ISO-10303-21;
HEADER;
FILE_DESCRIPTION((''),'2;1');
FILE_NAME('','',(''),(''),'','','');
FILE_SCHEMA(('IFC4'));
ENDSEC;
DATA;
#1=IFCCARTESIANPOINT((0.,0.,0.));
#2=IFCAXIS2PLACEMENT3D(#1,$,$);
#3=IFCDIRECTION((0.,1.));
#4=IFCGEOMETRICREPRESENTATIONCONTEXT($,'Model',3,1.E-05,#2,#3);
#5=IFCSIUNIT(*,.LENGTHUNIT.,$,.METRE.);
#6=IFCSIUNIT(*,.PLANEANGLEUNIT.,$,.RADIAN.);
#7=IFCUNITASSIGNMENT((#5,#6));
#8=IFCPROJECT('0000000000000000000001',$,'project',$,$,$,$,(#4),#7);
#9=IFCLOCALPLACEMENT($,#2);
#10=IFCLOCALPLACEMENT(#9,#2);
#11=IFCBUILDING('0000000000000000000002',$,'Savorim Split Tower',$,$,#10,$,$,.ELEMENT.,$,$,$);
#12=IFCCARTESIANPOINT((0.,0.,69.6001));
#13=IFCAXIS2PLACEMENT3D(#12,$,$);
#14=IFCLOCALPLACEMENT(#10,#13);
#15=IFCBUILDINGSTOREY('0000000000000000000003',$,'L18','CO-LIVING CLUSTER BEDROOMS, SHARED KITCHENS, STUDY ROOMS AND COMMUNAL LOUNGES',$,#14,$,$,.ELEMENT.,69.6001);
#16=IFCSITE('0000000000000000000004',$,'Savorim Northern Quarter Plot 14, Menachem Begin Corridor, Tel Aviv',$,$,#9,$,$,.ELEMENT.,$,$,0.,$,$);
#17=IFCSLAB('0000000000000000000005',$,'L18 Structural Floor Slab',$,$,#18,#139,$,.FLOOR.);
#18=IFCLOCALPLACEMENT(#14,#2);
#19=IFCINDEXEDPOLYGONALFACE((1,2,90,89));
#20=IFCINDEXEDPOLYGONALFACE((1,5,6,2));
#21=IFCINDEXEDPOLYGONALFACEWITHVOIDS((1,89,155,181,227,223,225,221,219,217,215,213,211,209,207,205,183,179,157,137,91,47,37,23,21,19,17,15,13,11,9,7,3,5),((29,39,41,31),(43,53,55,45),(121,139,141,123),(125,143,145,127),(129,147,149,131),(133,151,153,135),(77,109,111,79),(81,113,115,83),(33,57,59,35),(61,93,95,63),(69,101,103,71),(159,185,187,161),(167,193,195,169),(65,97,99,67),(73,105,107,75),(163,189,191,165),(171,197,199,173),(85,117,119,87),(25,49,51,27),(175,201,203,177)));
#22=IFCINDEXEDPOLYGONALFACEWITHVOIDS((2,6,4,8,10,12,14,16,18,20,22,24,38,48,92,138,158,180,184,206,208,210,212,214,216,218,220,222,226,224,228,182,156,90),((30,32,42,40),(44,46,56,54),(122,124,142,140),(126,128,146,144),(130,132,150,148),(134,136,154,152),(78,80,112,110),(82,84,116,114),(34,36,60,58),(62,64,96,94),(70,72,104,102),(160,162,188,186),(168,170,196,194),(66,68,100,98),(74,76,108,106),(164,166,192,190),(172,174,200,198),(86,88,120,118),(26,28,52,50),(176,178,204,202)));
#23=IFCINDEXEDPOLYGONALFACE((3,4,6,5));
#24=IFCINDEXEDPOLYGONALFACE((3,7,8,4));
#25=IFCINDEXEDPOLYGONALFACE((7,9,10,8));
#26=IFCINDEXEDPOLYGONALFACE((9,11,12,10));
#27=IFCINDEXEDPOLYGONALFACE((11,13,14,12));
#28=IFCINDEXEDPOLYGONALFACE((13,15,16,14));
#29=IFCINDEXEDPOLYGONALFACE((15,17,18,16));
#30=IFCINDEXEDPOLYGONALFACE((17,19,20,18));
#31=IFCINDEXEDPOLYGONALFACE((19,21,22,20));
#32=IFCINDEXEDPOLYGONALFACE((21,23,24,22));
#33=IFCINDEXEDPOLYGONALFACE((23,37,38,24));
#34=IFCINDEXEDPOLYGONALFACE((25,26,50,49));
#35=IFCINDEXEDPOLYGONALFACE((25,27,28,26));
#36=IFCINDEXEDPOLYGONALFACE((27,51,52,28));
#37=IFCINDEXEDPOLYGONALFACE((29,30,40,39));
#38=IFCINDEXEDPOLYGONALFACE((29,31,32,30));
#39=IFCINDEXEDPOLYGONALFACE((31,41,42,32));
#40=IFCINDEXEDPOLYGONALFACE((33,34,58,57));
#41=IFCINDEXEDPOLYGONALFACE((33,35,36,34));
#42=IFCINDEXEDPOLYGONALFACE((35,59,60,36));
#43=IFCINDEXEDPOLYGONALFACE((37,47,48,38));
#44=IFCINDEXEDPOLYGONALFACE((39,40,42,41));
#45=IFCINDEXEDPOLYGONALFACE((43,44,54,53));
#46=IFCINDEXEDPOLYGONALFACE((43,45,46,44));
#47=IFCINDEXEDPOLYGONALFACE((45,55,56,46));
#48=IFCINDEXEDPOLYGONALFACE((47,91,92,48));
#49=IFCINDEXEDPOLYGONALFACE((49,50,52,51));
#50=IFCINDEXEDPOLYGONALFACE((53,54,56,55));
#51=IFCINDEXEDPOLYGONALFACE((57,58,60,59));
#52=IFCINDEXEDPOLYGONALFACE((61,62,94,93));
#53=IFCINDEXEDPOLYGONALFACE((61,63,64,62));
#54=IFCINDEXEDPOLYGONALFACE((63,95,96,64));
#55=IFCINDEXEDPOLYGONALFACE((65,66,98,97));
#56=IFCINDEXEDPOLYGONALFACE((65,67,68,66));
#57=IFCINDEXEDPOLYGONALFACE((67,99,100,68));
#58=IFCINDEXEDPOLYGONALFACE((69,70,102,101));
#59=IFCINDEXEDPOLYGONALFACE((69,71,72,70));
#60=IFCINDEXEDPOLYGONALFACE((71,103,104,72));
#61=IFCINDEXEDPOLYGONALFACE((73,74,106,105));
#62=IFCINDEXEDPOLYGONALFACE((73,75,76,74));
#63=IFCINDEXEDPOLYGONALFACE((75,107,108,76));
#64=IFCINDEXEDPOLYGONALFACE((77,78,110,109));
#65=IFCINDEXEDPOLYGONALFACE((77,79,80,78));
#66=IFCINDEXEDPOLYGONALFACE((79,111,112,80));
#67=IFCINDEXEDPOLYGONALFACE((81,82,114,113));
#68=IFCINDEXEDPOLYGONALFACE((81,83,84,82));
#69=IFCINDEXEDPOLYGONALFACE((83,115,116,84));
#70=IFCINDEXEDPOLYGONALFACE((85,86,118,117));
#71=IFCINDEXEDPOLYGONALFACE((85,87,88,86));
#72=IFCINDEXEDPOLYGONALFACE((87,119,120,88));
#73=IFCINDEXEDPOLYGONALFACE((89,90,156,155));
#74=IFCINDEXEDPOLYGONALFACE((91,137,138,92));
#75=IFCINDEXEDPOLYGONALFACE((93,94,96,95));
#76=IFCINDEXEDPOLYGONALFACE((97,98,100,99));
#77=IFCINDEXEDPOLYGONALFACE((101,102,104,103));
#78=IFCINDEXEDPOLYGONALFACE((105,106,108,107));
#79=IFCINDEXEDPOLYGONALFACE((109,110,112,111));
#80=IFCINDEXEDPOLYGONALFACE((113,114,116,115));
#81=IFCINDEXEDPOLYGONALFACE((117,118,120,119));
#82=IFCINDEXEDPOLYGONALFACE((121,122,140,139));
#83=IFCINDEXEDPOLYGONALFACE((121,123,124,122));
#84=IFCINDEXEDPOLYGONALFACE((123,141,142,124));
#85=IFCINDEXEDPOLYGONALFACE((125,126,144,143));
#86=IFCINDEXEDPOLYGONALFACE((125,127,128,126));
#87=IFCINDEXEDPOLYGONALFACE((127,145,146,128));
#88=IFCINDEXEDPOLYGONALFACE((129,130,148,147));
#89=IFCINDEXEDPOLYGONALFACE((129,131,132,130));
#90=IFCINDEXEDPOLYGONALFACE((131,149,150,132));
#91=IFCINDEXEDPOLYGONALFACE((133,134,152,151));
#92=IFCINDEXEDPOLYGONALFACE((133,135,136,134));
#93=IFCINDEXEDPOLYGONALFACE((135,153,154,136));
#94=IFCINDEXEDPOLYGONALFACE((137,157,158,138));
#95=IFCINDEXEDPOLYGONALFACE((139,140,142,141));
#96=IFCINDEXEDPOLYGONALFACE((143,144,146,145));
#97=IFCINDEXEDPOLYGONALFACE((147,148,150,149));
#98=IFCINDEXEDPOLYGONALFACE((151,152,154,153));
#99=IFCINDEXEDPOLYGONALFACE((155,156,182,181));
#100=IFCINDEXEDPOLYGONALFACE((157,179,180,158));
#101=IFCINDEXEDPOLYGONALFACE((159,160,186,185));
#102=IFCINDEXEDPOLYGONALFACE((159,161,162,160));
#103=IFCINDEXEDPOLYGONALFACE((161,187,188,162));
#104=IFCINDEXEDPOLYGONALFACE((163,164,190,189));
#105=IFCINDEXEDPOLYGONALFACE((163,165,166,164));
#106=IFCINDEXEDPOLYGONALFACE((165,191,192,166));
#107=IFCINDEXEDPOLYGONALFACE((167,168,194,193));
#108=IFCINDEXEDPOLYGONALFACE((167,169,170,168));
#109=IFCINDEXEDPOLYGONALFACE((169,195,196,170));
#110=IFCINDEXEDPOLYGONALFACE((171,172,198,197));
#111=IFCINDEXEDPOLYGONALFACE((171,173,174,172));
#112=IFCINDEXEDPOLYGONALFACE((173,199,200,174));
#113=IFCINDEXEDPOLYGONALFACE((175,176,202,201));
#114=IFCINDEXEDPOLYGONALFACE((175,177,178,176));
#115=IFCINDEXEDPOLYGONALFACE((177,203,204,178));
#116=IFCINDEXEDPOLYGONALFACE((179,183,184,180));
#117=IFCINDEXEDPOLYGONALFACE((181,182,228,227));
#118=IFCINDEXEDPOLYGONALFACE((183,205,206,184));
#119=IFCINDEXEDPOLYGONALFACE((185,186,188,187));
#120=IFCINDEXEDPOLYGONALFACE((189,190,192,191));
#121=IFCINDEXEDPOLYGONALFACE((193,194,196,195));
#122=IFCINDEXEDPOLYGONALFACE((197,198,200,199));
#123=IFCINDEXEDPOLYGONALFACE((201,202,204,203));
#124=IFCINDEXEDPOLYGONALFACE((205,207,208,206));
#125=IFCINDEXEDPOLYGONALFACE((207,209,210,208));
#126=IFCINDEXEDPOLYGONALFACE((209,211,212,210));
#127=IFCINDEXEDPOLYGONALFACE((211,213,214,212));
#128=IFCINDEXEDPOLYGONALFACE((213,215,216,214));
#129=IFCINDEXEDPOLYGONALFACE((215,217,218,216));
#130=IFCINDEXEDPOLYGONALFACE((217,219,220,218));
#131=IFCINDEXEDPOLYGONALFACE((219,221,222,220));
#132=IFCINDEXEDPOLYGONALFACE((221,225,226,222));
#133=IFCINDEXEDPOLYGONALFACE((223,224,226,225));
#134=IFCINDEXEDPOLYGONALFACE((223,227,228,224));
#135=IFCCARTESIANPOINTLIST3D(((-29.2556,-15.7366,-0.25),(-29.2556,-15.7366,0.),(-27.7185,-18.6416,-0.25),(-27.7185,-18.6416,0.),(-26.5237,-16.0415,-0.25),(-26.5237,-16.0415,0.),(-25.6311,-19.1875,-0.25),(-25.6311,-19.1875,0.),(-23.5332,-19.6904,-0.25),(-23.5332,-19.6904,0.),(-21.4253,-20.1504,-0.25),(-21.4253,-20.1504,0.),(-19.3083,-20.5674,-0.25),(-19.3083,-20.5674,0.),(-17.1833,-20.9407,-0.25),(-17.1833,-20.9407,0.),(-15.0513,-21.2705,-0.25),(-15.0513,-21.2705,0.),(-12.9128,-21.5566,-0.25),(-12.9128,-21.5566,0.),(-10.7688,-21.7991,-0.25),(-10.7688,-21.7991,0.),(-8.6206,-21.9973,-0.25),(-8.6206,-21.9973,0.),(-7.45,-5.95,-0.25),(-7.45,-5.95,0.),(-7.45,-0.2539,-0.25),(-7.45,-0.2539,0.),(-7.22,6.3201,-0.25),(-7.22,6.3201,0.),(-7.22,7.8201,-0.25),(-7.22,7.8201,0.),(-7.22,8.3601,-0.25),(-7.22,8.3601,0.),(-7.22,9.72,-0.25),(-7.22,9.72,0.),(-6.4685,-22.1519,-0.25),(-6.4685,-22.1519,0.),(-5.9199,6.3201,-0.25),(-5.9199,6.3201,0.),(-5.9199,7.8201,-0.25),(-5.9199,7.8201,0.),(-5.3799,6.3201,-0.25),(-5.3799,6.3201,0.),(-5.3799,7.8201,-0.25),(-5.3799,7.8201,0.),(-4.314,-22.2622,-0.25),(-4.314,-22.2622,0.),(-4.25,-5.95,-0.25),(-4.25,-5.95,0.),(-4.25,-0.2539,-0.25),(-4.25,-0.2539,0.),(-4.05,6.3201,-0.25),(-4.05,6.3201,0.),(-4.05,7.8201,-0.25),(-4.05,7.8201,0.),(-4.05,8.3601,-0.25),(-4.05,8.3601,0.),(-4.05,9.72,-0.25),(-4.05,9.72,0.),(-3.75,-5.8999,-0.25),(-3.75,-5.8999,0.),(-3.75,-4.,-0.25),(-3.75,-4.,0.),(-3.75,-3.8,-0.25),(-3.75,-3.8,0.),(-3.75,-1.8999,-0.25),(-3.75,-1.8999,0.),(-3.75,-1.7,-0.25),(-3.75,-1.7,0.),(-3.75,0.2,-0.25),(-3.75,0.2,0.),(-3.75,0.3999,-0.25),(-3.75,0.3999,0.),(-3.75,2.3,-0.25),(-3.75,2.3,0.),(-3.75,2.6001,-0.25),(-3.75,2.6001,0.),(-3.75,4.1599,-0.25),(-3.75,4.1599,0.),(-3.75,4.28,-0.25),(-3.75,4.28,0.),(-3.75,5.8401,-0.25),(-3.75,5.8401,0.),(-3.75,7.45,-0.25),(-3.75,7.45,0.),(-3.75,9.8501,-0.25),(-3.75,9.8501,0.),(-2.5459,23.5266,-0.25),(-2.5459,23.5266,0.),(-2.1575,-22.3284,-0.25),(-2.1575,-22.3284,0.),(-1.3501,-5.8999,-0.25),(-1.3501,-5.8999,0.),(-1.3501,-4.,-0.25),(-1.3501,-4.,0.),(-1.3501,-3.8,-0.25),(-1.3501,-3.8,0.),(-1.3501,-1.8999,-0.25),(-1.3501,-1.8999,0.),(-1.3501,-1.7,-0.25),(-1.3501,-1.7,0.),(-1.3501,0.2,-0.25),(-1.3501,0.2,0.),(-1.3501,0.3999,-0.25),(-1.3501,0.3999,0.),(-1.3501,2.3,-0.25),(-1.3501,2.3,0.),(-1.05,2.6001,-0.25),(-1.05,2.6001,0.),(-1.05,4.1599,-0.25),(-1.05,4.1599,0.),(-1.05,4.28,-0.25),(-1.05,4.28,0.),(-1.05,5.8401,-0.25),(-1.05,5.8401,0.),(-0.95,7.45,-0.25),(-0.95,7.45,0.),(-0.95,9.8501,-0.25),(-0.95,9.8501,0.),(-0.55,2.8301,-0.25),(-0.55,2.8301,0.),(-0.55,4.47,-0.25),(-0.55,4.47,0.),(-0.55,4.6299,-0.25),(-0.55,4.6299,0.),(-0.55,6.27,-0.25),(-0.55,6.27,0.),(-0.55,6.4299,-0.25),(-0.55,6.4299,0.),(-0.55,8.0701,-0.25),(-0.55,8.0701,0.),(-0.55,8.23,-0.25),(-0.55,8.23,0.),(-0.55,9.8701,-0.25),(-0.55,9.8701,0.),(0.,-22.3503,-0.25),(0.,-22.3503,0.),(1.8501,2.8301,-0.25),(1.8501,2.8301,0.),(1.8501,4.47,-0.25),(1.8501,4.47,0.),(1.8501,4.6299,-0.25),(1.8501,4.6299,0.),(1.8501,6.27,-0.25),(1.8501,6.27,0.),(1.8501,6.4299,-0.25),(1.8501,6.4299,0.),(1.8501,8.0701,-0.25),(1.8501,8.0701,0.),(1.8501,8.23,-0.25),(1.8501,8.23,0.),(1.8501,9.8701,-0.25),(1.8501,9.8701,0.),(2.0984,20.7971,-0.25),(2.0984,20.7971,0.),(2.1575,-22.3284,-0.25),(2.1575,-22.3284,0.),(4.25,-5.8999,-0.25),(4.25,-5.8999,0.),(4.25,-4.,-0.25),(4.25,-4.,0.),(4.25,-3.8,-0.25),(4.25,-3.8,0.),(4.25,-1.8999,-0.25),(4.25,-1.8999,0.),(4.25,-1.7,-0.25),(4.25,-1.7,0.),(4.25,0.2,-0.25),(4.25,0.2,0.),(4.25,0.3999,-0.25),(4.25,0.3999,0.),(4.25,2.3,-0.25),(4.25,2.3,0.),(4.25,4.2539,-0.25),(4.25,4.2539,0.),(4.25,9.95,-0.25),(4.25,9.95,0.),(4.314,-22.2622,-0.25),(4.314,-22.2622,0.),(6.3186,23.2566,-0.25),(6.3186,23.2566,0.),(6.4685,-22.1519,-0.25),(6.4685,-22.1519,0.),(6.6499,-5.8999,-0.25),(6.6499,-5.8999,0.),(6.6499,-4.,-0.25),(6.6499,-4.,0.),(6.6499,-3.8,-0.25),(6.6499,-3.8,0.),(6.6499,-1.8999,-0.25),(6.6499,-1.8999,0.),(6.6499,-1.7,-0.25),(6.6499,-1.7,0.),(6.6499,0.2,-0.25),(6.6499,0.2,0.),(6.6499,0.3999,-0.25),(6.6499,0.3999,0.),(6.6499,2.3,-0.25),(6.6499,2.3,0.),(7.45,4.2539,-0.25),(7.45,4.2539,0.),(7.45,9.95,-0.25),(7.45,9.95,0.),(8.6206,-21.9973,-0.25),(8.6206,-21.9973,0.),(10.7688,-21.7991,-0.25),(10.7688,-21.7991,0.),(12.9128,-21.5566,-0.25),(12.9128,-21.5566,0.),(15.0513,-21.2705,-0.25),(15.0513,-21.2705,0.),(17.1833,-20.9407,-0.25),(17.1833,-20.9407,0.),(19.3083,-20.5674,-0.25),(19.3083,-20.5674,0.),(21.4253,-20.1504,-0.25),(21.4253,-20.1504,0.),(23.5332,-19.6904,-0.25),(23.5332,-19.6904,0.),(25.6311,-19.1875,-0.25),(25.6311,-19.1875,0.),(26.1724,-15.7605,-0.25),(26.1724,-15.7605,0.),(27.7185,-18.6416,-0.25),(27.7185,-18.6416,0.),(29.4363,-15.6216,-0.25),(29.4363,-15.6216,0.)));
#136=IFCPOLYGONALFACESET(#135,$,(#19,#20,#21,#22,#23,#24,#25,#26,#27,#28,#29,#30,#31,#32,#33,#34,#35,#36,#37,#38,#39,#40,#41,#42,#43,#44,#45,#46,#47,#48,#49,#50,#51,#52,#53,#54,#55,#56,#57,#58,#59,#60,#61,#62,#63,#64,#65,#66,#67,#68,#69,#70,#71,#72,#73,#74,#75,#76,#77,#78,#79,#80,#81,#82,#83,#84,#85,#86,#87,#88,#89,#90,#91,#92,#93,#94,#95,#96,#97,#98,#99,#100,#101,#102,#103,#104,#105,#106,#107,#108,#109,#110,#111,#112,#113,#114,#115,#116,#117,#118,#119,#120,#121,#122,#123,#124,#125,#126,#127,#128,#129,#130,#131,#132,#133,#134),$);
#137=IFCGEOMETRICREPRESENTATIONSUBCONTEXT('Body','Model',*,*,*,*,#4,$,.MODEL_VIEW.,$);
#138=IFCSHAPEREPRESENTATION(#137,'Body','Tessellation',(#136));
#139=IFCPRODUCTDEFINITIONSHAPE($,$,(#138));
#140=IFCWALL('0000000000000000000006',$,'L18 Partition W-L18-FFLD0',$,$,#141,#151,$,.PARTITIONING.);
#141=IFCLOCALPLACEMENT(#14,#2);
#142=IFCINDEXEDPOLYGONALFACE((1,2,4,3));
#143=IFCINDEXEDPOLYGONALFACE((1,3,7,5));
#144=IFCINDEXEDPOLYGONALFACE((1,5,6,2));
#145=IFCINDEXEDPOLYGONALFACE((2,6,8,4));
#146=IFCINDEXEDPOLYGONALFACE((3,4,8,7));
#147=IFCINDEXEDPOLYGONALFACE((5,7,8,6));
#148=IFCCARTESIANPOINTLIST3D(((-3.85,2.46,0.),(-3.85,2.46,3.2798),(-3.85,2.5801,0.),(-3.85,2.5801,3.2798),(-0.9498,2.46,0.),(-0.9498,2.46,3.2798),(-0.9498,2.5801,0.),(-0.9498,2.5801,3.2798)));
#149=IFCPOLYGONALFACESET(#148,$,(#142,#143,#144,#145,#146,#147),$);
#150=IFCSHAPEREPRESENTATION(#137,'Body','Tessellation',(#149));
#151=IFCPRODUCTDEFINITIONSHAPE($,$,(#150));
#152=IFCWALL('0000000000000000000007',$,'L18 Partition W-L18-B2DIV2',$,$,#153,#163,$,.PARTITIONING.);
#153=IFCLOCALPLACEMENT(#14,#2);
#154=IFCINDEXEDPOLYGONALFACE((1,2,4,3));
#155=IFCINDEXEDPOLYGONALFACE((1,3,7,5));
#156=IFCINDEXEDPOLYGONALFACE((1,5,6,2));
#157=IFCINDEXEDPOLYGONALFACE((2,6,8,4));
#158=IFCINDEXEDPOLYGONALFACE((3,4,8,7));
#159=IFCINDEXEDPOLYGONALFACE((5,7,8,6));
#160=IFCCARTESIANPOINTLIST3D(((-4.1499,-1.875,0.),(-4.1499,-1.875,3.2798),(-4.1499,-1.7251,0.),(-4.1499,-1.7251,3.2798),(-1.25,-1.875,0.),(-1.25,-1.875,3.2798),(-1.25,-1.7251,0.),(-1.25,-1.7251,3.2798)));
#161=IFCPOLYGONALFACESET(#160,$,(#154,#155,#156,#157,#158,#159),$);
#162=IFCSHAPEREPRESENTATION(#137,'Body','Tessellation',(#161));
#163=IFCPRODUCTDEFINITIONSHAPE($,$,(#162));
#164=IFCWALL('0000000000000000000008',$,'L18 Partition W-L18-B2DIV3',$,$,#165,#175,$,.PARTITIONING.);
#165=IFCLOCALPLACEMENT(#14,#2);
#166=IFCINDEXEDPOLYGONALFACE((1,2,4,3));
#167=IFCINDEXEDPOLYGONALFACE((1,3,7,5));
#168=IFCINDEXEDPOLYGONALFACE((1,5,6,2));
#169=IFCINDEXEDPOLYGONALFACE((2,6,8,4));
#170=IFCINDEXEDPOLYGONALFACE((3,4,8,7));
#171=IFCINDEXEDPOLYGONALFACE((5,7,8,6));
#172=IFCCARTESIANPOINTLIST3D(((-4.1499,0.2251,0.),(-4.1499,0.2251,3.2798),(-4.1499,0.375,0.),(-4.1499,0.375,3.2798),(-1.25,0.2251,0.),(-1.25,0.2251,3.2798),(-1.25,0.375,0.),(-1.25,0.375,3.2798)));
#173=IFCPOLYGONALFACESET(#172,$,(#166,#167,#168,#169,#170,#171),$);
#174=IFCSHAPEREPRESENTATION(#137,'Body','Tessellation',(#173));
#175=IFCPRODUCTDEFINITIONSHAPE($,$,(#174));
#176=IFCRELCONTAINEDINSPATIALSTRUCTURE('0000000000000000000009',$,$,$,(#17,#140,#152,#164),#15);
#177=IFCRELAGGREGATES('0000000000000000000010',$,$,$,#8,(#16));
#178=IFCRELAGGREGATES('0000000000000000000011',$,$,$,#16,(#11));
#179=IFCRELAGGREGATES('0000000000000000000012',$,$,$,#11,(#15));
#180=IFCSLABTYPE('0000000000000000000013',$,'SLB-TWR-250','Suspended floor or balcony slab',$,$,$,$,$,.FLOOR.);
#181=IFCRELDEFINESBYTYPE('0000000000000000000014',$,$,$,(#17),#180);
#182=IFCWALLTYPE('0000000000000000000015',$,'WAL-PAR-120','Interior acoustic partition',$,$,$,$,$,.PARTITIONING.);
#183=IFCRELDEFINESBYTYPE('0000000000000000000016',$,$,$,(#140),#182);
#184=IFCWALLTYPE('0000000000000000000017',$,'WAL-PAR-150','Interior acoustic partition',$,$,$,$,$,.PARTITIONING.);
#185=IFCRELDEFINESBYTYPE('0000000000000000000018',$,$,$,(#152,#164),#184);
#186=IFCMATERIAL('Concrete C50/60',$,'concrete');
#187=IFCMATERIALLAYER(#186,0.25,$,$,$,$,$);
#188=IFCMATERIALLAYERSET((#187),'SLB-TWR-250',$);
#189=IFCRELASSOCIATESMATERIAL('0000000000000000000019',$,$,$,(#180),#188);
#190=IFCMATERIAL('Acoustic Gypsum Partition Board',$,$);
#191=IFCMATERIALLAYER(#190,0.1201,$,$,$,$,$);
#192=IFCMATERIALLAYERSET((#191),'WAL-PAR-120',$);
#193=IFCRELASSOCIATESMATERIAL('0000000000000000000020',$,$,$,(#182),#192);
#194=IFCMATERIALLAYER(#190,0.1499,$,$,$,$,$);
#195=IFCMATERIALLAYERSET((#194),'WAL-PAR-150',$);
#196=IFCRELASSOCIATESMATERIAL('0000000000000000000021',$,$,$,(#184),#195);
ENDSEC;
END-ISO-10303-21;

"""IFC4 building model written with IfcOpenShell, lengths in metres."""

from ifc_helpers import new_model, si_unit, direction, frame, frame_2d, origin, place, context, subcontext, project, spatial, polyline, rectangle, outline, extrude, material, layer, layer_set, type_object, element, save


model = new_model("IFC4")

# Units and contexts
model_context = context("Model", 3, precision=1e-05, world=origin(), true_north=direction((0.0, 1.0)))
body_context = subcontext(model_context, "Body", "Model", "MODEL_VIEW")
ifc_project = project(units=[si_unit("LENGTHUNIT", "METRE"), si_unit("PLANEANGLEUNIT", "RADIAN")], contexts=[model_context])

# Site, building, storey
site_placement = place(None, origin())
site = spatial("IfcSite", under=ifc_project, at=site_placement, Name="Savorim Northern Quarter Plot 14, Menachem Begin Corridor, Tel Aviv", CompositionType="ELEMENT", RefElevation=0.0)
building_placement = place(site_placement, origin())
building = spatial("IfcBuilding", under=site, at=building_placement, Name="Savorim Split Tower", CompositionType="ELEMENT")
storey_placement = place(building_placement, frame((0.0, 0.0, 69.6001)))
storey = spatial("IfcBuildingStorey", under=building, at=storey_placement, Name="L18", Description="CO-LIVING CLUSTER BEDROOMS, SHARED KITCHENS, STUDY ROOMS AND COMMUNAL LOUNGES", CompositionType="ELEMENT", Elevation=69.6001)

# Slab
ifc_material_1 = material(Name="Concrete C50/60", Category="concrete")
ifc_layer_1 = layer(ifc_material_1, 0.25)
ifc_layer_set_1 = layer_set([ifc_layer_1], Name="SLB-TWR-250")
slab_type_1 = type_object("IfcSlabType", Name="SLB-TWR-250", Description="Suspended floor or balcony slab", PredefinedType="FLOOR", material=ifc_layer_set_1)
slab_1_placement = place(storey_placement, frame((0.0, 0.0, -0.25)))
element("IfcSlab", 1, at=slab_1_placement, inside=storey, type_object=slab_type_1, Name="L18 Structural Floor Slab", PredefinedType="FLOOR", context=body_context, shape_type="SweptSolid", body=[
    extrude(outline(polyline([(-27.7185, -18.6416), (-25.6311, -19.1875), (-23.5332, -19.6904), (-21.4253, -20.1504), (-19.3083, -20.5674), (-17.1833, -20.9407), (-15.0513, -21.2705), (-12.9128, -21.5566), (-10.7688, -21.7991), (-8.6206, -21.9973), (-6.4685, -22.1519), (-4.314, -22.2622), (-2.1575, -22.3284), (0.0, -22.3503), (2.1575, -22.3284), (4.314, -22.2622), (6.4685, -22.1519), (8.6206, -21.9973), (10.7688, -21.7991), (12.9128, -21.5566), (15.0513, -21.2705), (17.1833, -20.9407), (19.3083, -20.5674), (21.4253, -20.1504), (23.5332, -19.6904), (25.6311, -19.1875), (27.7185, -18.6416), (26.1724, -15.7605), (29.4363, -15.6216), (6.3186, 23.2566), (2.0984, 20.7971), (-2.5459, 23.5266), (-29.2556, -15.7366), (-26.5237, -16.0415), (-27.7185, -18.6416)]), holes=[polyline([(-7.45, -0.2539), (-7.45, -5.95), (-4.25, -5.95), (-4.25, -0.2539), (-7.45, -0.2539)]), polyline([(7.45, 4.2539), (7.45, 9.95), (4.25, 9.95), (4.25, 4.2539), (7.45, 4.2539)]), polyline([(4.25, -5.8999), (6.6499, -5.8999), (6.6499, -4.0), (4.25, -4.0), (4.25, -5.8999)]), polyline([(4.25, -3.8), (6.6499, -3.8), (6.6499, -1.8999), (4.25, -1.8999), (4.25, -3.8)]), polyline([(4.25, -1.7), (6.6499, -1.7), (6.6499, 0.2), (4.25, 0.2), (4.25, -1.7)]), polyline([(4.25, 0.3999), (6.6499, 0.3999), (6.6499, 2.3), (4.25, 2.3), (4.25, 0.3999)]), polyline([(-3.75, -5.8999), (-1.3501, -5.8999), (-1.3501, -4.0), (-3.75, -4.0), (-3.75, -5.8999)]), polyline([(-3.75, -3.8), (-1.3501, -3.8), (-1.3501, -1.8999), (-3.75, -1.8999), (-3.75, -3.8)]), polyline([(-3.75, -1.7), (-1.3501, -1.7), (-1.3501, 0.2), (-3.75, 0.2), (-3.75, -1.7)]), polyline([(-3.75, 0.3999), (-1.3501, 0.3999), (-1.3501, 2.3), (-3.75, 2.3), (-3.75, 0.3999)]), polyline([(-0.55, 2.8301), (1.8501, 2.8301), (1.8501, 4.47), (-0.55, 4.47), (-0.55, 2.8301)]), polyline([(-0.55, 4.6299), (1.8501, 4.6299), (1.8501, 6.27), (-0.55, 6.27), (-0.55, 4.6299)]), polyline([(-0.55, 6.4299), (1.8501, 6.4299), (1.8501, 8.0701), (-0.55, 8.0701), (-0.55, 6.4299)]), polyline([(-0.55, 8.23), (1.8501, 8.23), (1.8501, 9.8701), (-0.55, 9.8701), (-0.55, 8.23)]), polyline([(-3.75, 2.6001), (-1.05, 2.6001), (-1.05, 4.1599), (-3.75, 4.1599), (-3.75, 2.6001)]), polyline([(-3.75, 4.28), (-1.05, 4.28), (-1.05, 5.8401), (-3.75, 5.8401), (-3.75, 4.28)]), polyline([(-3.75, 7.45), (-0.95, 7.45), (-0.95, 9.8501), (-3.75, 9.8501), (-3.75, 7.45)]), polyline([(-7.22, 6.3201), (-5.9199, 6.3201), (-5.9199, 7.8201), (-7.22, 7.8201), (-7.22, 6.3201)]), polyline([(-5.3799, 6.3201), (-4.05, 6.3201), (-4.05, 7.8201), (-5.3799, 7.8201), (-5.3799, 6.3201)]), polyline([(-7.22, 8.3601), (-4.05, 8.3601), (-4.05, 9.72), (-7.22, 9.72), (-7.22, 8.3601)])]), origin(), (0.0, 0.0, 1.0), 0.25),
])

# Walls
ifc_material_2 = material(Name="Acoustic Gypsum Partition Board")
ifc_layer_2 = layer(ifc_material_2, 0.1201)
ifc_layer_set_2 = layer_set([ifc_layer_2], Name="WAL-PAR-120")
wall_type_1 = type_object("IfcWallType", Name="WAL-PAR-120", Description="Interior acoustic partition", PredefinedType="PARTITIONING", material=ifc_layer_set_2)
wall_1_placement = place(storey_placement, frame((-3.8501, 2.52, 0.0), z_axis=(0.0, 0.0, 1.0), x_axis=(1.0, 0.0, 0.0)))
element("IfcWall", 2, at=wall_1_placement, inside=storey, type_object=wall_type_1, Name="L18 Partition W-L18-FFLD0", PredefinedType="PARTITIONING", context=body_context, shape_type="SweptSolid", body=[
    extrude(rectangle(XDim=2.9001, YDim=0.1201, at=frame_2d((1.4502, 0.0))), origin(), (0.0, 0.0, 1.0), 3.2798),
])
ifc_layer_3 = layer(ifc_material_2, 0.1499)
ifc_layer_set_3 = layer_set([ifc_layer_3], Name="WAL-PAR-150")
wall_type_2 = type_object("IfcWallType", Name="WAL-PAR-150", Description="Interior acoustic partition", PredefinedType="PARTITIONING", material=ifc_layer_set_3)
for number, where, z_axis, x_axis, name in (
    (3, (-4.1499, -1.8, 0.0), (0.0, 0.0, 1.0), (1.0, 0.0, 0.0), "L18 Partition W-L18-B2DIV2"),
    (4, (-4.1499, 0.3, 0.0), (0.0, 0.0, 1.0), (1.0, 0.0, 0.0), "L18 Partition W-L18-B2DIV3"),
):
    element("IfcWall", number, at=place(storey_placement, frame(where, z_axis=z_axis, x_axis=x_axis)), inside=storey, type_object=wall_type_2, Name=name, PredefinedType="PARTITIONING", context=body_context, shape_type="SweptSolid", body=[
        extrude(rectangle(XDim=2.8999, YDim=0.1499, at=frame_2d((1.45, 0.0))), origin(), (0.0, 0.0, 1.0), 3.2798),
    ])

save(model, "model.ifc")
